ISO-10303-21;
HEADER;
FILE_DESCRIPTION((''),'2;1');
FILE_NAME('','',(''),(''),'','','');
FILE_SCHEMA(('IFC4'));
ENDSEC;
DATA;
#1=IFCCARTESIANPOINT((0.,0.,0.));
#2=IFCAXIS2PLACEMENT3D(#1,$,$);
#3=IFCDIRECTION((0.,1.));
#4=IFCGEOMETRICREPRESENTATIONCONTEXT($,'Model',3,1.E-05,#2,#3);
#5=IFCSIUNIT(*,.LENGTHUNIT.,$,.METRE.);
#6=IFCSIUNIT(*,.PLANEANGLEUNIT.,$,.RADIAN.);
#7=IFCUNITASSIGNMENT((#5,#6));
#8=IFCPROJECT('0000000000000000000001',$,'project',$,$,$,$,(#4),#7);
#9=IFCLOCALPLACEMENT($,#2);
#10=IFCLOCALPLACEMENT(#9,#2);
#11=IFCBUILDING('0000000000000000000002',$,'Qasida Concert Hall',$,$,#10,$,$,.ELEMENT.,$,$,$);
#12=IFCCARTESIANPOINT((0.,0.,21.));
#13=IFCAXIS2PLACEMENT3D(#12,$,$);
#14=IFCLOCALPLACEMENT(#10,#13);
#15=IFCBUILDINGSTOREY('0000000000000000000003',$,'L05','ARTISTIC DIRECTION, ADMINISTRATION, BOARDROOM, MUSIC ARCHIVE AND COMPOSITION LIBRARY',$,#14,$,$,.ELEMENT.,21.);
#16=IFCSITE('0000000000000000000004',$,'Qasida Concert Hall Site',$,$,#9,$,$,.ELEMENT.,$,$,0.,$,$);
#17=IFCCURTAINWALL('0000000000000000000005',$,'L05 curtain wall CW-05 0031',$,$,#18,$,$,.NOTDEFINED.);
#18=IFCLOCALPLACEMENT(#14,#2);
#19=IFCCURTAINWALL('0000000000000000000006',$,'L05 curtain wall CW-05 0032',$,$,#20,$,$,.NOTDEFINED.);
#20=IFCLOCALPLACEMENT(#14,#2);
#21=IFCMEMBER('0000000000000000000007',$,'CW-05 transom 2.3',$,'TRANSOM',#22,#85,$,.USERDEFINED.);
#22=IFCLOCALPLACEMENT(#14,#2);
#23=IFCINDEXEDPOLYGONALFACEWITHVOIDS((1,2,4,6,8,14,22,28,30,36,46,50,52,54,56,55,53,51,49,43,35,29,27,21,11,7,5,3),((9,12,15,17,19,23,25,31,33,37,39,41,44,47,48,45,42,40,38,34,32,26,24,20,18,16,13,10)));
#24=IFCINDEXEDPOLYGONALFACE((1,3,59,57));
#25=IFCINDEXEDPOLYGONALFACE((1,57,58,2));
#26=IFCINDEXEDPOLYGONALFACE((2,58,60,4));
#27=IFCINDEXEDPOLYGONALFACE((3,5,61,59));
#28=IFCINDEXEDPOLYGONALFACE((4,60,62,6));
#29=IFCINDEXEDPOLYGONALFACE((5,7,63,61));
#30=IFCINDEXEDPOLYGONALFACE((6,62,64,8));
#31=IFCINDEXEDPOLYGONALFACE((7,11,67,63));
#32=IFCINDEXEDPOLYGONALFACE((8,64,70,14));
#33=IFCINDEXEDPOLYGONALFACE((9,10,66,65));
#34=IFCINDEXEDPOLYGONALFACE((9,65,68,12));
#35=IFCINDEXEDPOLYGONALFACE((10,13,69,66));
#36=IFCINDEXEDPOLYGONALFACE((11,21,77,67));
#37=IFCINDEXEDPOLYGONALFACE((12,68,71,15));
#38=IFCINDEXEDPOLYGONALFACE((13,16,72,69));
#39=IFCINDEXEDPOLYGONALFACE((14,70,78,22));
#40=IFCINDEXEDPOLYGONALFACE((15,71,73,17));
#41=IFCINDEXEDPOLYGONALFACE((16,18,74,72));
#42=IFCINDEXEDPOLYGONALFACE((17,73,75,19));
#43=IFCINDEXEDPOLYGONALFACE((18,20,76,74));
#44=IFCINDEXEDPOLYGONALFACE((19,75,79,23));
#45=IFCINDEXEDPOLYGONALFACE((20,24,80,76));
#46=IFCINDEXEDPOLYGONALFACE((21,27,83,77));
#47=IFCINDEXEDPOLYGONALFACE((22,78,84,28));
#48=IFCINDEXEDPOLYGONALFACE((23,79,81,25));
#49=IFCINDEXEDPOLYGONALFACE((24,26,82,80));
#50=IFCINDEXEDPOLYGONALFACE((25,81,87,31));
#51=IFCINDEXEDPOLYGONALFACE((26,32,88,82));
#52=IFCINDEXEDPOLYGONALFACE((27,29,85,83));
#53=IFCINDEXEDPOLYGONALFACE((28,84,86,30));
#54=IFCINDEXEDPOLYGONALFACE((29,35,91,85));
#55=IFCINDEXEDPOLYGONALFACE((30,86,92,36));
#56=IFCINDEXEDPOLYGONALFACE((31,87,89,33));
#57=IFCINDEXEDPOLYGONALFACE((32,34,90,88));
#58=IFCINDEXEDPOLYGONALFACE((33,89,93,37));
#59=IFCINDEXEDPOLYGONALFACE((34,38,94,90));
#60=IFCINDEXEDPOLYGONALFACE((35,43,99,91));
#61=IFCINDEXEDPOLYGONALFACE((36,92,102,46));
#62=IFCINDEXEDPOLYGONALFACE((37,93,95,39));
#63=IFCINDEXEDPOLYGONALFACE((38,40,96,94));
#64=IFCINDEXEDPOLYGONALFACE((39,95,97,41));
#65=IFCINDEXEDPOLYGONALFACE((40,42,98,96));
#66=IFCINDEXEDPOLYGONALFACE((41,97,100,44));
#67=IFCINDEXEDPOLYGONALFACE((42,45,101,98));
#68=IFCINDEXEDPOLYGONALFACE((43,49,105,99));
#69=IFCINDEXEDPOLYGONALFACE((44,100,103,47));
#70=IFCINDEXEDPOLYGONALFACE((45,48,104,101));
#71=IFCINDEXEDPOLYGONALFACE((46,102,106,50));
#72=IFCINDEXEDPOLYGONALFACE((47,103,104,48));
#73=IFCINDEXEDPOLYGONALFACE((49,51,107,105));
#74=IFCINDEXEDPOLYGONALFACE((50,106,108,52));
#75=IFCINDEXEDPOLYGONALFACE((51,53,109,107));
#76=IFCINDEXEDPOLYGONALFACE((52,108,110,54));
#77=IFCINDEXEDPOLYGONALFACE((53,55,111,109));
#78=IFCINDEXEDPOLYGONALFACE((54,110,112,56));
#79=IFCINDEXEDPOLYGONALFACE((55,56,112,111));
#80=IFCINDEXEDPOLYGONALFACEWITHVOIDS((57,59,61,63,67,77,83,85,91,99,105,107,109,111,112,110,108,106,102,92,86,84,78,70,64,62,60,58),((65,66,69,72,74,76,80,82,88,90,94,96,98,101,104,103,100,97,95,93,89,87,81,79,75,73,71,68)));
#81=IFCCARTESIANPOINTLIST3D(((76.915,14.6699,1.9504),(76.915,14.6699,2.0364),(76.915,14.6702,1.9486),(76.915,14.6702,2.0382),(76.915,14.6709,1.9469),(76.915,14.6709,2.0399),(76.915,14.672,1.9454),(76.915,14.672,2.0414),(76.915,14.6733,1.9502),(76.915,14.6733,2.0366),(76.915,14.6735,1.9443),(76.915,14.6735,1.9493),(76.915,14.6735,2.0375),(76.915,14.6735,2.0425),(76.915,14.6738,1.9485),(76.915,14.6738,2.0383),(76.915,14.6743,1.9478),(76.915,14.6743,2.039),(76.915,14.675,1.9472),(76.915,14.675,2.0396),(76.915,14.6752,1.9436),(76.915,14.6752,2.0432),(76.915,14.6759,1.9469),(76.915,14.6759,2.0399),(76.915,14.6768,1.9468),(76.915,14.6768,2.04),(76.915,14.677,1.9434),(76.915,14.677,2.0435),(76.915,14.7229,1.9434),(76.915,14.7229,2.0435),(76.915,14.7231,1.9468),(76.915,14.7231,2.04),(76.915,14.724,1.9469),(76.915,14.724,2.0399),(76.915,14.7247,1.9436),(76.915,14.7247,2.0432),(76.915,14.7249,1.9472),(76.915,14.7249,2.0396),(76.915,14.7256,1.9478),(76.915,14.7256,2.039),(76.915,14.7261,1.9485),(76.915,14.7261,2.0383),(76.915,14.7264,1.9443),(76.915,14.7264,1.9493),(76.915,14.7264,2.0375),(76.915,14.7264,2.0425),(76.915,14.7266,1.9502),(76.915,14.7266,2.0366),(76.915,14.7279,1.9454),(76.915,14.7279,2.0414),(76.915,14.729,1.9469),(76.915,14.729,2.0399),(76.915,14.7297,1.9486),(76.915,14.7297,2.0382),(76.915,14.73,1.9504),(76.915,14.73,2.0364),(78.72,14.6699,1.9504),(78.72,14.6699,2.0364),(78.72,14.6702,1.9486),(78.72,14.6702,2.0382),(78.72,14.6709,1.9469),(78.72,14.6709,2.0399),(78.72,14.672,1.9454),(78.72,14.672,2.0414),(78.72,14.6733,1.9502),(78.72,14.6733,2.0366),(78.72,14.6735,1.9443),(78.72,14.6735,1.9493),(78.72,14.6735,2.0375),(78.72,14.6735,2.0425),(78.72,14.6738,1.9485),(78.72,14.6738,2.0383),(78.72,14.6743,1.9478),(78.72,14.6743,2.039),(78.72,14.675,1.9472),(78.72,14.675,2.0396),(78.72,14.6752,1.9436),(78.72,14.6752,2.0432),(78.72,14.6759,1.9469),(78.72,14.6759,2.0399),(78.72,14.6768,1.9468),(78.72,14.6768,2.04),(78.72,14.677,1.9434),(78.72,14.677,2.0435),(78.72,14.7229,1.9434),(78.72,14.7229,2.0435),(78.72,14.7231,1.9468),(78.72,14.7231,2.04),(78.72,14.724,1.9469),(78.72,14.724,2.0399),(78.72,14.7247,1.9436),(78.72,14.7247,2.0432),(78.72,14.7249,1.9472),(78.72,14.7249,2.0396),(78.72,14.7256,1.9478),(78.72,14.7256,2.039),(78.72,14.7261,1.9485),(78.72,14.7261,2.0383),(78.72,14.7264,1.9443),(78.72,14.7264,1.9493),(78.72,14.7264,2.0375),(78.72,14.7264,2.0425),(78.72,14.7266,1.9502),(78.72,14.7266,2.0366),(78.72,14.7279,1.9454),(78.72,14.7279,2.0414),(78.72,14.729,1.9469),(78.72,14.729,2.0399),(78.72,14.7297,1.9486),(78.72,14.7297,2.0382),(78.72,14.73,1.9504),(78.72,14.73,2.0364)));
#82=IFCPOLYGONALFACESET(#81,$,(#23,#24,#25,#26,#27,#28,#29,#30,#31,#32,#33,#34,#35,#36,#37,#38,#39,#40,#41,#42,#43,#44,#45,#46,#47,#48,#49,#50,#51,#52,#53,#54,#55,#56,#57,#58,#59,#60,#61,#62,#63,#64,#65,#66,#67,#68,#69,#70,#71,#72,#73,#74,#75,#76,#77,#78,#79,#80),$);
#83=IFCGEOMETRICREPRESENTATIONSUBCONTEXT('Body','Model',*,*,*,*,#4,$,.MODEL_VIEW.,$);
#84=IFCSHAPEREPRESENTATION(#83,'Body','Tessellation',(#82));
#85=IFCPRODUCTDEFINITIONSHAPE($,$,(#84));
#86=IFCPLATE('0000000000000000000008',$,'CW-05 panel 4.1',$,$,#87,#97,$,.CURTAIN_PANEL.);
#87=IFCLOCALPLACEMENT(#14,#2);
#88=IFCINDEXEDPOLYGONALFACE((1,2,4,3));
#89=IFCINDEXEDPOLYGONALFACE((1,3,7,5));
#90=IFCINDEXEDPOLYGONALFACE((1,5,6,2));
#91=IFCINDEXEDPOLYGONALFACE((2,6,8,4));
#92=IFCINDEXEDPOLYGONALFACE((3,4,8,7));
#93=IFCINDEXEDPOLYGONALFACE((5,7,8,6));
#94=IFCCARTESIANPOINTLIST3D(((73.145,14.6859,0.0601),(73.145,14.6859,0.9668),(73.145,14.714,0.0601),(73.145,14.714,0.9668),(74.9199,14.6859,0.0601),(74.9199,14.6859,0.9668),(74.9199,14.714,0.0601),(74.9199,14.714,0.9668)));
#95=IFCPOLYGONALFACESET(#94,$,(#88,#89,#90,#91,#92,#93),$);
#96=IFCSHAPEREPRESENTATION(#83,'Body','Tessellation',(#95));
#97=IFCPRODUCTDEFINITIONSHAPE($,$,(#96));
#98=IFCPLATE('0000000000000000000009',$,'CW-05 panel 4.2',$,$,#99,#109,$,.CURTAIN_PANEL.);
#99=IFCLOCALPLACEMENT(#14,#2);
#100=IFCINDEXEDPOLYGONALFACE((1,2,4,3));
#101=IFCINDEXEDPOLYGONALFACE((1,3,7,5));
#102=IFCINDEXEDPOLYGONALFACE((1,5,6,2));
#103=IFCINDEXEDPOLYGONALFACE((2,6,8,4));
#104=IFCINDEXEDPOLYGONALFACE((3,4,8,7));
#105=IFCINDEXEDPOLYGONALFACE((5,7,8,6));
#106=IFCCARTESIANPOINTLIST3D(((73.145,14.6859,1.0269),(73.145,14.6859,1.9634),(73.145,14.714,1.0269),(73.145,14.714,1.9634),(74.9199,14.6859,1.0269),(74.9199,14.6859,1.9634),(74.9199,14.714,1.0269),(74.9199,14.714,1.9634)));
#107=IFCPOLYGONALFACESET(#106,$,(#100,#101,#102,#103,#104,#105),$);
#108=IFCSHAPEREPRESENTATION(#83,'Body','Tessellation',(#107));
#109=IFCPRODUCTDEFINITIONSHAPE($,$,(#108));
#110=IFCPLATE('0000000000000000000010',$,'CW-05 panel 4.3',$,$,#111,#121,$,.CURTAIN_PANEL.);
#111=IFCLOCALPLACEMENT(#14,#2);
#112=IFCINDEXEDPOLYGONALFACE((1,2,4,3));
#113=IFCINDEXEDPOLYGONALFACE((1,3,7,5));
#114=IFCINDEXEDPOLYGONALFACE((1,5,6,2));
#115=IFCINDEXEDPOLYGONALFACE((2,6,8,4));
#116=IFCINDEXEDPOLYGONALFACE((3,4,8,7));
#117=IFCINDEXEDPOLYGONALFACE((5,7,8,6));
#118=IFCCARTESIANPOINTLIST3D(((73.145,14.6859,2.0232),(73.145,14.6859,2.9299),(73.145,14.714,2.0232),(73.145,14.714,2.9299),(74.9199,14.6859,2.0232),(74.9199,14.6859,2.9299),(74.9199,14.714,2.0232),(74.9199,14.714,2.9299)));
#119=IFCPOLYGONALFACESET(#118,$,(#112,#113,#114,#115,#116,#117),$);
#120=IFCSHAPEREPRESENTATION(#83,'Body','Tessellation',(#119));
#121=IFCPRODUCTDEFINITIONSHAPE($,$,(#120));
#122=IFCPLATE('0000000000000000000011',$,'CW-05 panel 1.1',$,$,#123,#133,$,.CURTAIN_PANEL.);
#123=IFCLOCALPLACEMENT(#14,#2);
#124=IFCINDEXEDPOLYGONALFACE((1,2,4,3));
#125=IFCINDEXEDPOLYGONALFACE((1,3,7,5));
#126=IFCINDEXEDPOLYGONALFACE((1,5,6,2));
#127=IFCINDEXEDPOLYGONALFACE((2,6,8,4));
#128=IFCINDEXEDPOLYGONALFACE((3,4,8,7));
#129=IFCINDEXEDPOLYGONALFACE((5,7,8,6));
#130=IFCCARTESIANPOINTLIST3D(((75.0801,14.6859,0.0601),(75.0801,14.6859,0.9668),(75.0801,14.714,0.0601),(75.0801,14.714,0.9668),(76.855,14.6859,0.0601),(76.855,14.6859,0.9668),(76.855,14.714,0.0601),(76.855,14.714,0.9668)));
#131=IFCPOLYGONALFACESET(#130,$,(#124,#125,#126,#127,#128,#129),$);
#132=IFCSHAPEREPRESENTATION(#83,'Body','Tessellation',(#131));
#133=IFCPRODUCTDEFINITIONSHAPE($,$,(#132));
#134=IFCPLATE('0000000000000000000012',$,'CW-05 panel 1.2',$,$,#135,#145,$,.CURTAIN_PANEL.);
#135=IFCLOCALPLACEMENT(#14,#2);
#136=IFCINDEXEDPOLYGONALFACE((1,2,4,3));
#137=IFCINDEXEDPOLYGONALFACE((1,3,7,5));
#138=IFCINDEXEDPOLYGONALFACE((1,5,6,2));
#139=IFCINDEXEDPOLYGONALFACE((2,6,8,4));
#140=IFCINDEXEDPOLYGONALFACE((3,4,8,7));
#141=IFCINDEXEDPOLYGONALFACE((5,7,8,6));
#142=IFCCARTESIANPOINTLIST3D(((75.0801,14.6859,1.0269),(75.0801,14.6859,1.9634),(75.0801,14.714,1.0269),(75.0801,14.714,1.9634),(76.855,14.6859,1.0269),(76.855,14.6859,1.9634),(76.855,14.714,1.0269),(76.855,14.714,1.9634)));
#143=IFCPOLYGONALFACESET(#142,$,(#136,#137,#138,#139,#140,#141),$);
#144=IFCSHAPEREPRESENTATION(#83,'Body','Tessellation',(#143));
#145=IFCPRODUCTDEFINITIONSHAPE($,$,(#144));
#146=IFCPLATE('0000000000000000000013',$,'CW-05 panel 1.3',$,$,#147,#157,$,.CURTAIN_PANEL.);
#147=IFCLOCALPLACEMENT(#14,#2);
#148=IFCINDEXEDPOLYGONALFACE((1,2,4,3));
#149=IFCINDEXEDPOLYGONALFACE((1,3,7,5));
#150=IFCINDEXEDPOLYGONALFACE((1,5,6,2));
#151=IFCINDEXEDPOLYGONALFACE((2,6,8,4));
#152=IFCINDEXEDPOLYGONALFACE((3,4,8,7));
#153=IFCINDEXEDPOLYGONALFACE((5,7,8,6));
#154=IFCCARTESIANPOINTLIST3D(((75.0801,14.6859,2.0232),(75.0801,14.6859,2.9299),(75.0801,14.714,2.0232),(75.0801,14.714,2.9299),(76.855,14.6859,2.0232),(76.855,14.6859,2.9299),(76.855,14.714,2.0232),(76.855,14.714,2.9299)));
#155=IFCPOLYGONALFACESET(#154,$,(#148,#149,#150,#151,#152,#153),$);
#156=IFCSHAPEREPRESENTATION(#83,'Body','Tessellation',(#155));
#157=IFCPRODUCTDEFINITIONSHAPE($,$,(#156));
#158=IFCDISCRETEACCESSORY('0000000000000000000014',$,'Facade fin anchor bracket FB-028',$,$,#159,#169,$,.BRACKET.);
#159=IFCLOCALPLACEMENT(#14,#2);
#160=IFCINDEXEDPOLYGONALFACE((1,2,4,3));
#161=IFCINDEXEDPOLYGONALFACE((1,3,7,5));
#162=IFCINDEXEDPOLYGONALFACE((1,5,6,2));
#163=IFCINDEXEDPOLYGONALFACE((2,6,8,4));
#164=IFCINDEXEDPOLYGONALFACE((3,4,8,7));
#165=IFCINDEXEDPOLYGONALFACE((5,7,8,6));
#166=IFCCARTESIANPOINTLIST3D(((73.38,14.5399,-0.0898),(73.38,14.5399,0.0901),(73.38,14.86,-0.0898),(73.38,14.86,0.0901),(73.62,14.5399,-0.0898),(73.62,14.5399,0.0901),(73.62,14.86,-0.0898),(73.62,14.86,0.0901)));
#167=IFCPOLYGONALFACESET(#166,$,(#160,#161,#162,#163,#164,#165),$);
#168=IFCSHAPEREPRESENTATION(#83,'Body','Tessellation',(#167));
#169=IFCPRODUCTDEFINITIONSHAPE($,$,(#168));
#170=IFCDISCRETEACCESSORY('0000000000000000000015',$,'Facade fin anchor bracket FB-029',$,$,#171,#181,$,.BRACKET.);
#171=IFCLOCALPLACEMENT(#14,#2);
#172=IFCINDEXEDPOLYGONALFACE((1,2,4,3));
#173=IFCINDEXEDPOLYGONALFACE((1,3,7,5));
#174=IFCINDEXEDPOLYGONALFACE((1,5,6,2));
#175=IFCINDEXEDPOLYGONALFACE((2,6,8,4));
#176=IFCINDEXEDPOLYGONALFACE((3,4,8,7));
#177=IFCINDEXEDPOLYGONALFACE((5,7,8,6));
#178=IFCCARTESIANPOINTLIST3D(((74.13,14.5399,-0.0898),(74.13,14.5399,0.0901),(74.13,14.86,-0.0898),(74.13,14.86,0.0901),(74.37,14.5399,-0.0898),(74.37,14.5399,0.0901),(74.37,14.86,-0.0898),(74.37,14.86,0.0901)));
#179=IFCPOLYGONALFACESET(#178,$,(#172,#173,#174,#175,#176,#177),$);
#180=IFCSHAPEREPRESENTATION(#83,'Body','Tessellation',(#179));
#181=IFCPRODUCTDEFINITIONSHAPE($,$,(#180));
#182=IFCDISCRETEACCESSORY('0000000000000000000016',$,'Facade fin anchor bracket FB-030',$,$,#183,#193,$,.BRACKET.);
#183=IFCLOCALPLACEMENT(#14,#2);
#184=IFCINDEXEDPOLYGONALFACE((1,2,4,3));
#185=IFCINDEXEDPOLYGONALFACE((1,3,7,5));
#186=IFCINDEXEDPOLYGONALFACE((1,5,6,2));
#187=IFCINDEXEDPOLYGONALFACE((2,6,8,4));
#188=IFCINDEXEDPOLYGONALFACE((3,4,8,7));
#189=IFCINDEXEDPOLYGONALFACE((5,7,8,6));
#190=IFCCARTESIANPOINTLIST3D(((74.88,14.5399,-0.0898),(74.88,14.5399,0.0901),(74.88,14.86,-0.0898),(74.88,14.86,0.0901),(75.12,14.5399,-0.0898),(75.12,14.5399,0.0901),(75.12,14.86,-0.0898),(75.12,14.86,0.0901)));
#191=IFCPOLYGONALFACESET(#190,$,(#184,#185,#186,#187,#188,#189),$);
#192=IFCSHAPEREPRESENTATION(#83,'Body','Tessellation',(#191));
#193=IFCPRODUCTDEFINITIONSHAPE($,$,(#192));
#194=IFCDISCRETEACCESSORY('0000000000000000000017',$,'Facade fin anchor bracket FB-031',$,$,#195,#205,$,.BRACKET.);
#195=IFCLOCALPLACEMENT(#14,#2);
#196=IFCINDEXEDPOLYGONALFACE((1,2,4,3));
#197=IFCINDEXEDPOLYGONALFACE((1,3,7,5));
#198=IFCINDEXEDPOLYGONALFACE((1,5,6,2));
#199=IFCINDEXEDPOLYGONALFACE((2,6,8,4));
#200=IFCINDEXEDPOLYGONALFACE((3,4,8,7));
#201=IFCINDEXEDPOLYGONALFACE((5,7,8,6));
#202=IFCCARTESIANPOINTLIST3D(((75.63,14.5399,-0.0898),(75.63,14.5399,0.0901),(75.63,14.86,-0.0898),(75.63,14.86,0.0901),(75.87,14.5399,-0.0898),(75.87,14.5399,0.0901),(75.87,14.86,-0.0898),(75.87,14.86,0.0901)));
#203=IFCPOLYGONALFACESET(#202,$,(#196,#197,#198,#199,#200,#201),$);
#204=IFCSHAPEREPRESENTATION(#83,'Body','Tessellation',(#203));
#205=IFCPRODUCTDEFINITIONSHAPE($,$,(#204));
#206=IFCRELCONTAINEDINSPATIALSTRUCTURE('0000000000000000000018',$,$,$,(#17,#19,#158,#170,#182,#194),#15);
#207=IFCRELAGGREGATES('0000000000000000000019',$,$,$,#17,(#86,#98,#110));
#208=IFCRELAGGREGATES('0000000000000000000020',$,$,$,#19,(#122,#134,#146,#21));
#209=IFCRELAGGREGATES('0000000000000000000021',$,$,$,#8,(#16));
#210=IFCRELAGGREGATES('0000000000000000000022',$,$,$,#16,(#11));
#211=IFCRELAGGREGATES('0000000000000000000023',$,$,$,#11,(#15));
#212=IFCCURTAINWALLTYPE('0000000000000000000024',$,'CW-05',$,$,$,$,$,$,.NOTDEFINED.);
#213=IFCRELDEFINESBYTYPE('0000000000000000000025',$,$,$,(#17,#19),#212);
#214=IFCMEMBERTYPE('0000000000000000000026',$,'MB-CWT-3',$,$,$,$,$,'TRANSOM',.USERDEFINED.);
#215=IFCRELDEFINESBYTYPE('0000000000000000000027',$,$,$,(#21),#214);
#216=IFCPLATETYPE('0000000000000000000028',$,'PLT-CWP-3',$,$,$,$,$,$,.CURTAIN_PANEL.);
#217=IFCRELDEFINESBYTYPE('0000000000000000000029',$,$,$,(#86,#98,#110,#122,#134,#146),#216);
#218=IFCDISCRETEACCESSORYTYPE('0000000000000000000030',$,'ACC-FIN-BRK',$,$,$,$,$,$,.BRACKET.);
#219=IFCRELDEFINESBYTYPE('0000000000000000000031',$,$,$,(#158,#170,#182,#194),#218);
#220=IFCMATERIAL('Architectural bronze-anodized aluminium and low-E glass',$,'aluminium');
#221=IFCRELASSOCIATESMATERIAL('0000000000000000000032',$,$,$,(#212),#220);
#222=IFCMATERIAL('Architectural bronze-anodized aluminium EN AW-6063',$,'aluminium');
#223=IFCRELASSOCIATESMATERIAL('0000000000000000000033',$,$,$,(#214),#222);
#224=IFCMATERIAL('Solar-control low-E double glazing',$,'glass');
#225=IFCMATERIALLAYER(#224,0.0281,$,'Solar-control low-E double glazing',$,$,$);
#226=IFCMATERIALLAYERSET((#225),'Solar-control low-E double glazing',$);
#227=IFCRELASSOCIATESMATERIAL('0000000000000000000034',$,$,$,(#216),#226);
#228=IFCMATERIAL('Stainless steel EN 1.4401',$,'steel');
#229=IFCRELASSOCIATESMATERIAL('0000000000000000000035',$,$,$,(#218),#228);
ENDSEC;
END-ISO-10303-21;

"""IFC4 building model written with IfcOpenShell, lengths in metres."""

from ifc_helpers import new_model, si_unit, direction, frame, origin, origin_2d, place, context, subcontext, project, spatial, rectangle, hollow_rectangle, extrude, material, layer, layer_set, material_profile, profile_set, type_object, element, aggregate, save


model = new_model("IFC4")

# Units and contexts
model_context = context("Model", 3, precision=1e-05, world=origin(), true_north=direction((0.0, 1.0)))
body_context = subcontext(model_context, "Body", "Model", "MODEL_VIEW")
ifc_project = project(units=[si_unit("LENGTHUNIT", "METRE"), si_unit("PLANEANGLEUNIT", "RADIAN")], contexts=[model_context])

# Site, building, storey
site_placement = place(None, origin())
site = spatial("IfcSite", under=ifc_project, at=site_placement, Name="Qasida Concert Hall Site", CompositionType="ELEMENT", RefElevation=0.0)
building_placement = place(site_placement, origin())
building = spatial("IfcBuilding", under=site, at=building_placement, Name="Qasida Concert Hall", CompositionType="ELEMENT")
storey_placement = place(building_placement, frame((0.0, 0.0, 21.0)))
storey = spatial("IfcBuildingStorey", under=building, at=storey_placement, Name="L05", Description="ARTISTIC DIRECTION, ADMINISTRATION, BOARDROOM, MUSIC ARCHIVE AND COMPOSITION LIBRARY", CompositionType="ELEMENT", Elevation=21.0)

# Curtain wall
ifc_material_1 = material(Name="Architectural bronze-anodized aluminium and low-E glass", Category="aluminium")
curtain_wall_type = type_object("IfcCurtainWallType", Name="CW-05", PredefinedType="NOTDEFINED", material=ifc_material_1)
curtain_wall_1_placement = place(storey_placement, origin())
curtain_wall_1 = element("IfcCurtainWall", 1, at=curtain_wall_1_placement, inside=storey, type_object=curtain_wall_type, Name="L05 curtain wall CW-05 0031", PredefinedType="NOTDEFINED")
ifc_material_2 = material(Name="Architectural bronze-anodized aluminium EN AW-6063", Category="aluminium")

# Curtain wall
curtain_wall_2_placement = place(storey_placement, origin())
curtain_wall_2 = element("IfcCurtainWall", 2, at=curtain_wall_2_placement, inside=storey, type_object=curtain_wall_type, Name="L05 curtain wall CW-05 0032", PredefinedType="NOTDEFINED")

# Member
ifc_material_profile_1 = material_profile(ifc_material_2, hollow_rectangle(XDim=0.0601, YDim=0.1001, WallThickness=0.0034, InnerFilletRadius=0.0034, OuterFilletRadius=0.0071, at=origin_2d()), Name="CWT 100x60x3.5")
ifc_profile_set_1 = profile_set([ifc_material_profile_1], Name="Architectural bronze-anodized aluminium EN AW-6063")
member_type_1 = type_object("IfcMemberType", Name="MB-CWT-3", ElementType="TRANSOM", PredefinedType="USERDEFINED", material=ifc_profile_set_1)
member_1_placement = place(storey_placement, frame((76.915, 14.7, 1.9934), z_axis=(1.0, 0.0, 0.0), x_axis=(0.0, 1.0, 0.0)))
member_1 = element("IfcMember", 3, at=member_1_placement, type_object=member_type_1, Name="CW-05 transom 2.3", ObjectType="TRANSOM", PredefinedType="USERDEFINED", context=body_context, shape_type="SweptSolid", body=[
    extrude(hollow_rectangle(XDim=0.0601, YDim=0.1001, WallThickness=0.0034, InnerFilletRadius=0.0034, OuterFilletRadius=0.0071, at=origin_2d()), origin(), (0.0, 0.0, 1.0), 1.8049),
])

# Plates
ifc_material_3 = material(Name="Solar-control low-E double glazing", Category="glass")
ifc_layer_1 = layer(ifc_material_3, 0.0281, Name="Solar-control low-E double glazing")
ifc_layer_set_1 = layer_set([ifc_layer_1], Name="Solar-control low-E double glazing")
plate_type = type_object("IfcPlateType", Name="PLT-CWP-3", PredefinedType="CURTAIN_PANEL", material=ifc_layer_set_1)
plate_1_placement = place(storey_placement, frame((74.0325, 14.7, 0.0601), z_axis=(0.0, 0.0, 1.0), x_axis=(1.0, 0.0, 0.0)))
plate_1 = element("IfcPlate", 4, at=plate_1_placement, type_object=plate_type, Name="CW-05 panel 4.1", PredefinedType="CURTAIN_PANEL", context=body_context, shape_type="SweptSolid", body=[
    extrude(rectangle(XDim=1.7749, YDim=0.0281, at=origin_2d()), origin(), (0.0, 0.0, 1.0), 0.9067),
])
plate_2_placement = place(storey_placement, frame((74.0325, 14.7, 1.0269), z_axis=(0.0, 0.0, 1.0), x_axis=(1.0, 0.0, 0.0)))
plate_2 = element("IfcPlate", 5, at=plate_2_placement, type_object=plate_type, Name="CW-05 panel 4.2", PredefinedType="CURTAIN_PANEL", context=body_context, shape_type="SweptSolid", body=[
    extrude(rectangle(XDim=1.7749, YDim=0.0281, at=origin_2d()), origin(), (0.0, 0.0, 1.0), 0.9365),
])
plate_3_placement = place(storey_placement, frame((74.0325, 14.7, 2.0232), z_axis=(0.0, 0.0, 1.0), x_axis=(1.0, 0.0, 0.0)))
plate_3 = element("IfcPlate", 6, at=plate_3_placement, type_object=plate_type, Name="CW-05 panel 4.3", PredefinedType="CURTAIN_PANEL", context=body_context, shape_type="SweptSolid", body=[
    extrude(rectangle(XDim=1.7749, YDim=0.0281, at=origin_2d()), origin(), (0.0, 0.0, 1.0), 0.9067),
])
aggregate(curtain_wall_1, [plate_1, plate_2, plate_3])
plate_4_placement = place(storey_placement, frame((75.9675, 14.7, 0.0601), z_axis=(0.0, 0.0, 1.0), x_axis=(1.0, 0.0, 0.0)))
plate_4 = element("IfcPlate", 7, at=plate_4_placement, type_object=plate_type, Name="CW-05 panel 1.1", PredefinedType="CURTAIN_PANEL", context=body_context, shape_type="SweptSolid", body=[
    extrude(rectangle(XDim=1.7749, YDim=0.0281, at=origin_2d()), origin(), (0.0, 0.0, 1.0), 0.9067),
])
plate_5_placement = place(storey_placement, frame((75.9675, 14.7, 1.0269), z_axis=(0.0, 0.0, 1.0), x_axis=(1.0, 0.0, 0.0)))
plate_5 = element("IfcPlate", 8, at=plate_5_placement, type_object=plate_type, Name="CW-05 panel 1.2", PredefinedType="CURTAIN_PANEL", context=body_context, shape_type="SweptSolid", body=[
    extrude(rectangle(XDim=1.7749, YDim=0.0281, at=origin_2d()), origin(), (0.0, 0.0, 1.0), 0.9365),
])
plate_6_placement = place(storey_placement, frame((75.9675, 14.7, 2.0232), z_axis=(0.0, 0.0, 1.0), x_axis=(1.0, 0.0, 0.0)))
plate_6 = element("IfcPlate", 9, at=plate_6_placement, type_object=plate_type, Name="CW-05 panel 1.3", PredefinedType="CURTAIN_PANEL", context=body_context, shape_type="SweptSolid", body=[
    extrude(rectangle(XDim=1.7749, YDim=0.0281, at=origin_2d()), origin(), (0.0, 0.0, 1.0), 0.9067),
])
aggregate(curtain_wall_2, [plate_4, plate_5, plate_6, member_1])

# Discrete accessories
ifc_material_4 = material(Name="Stainless steel EN 1.4401", Category="steel")
discrete_accessory_type = type_object("IfcDiscreteAccessoryType", Name="ACC-FIN-BRK", PredefinedType="BRACKET", material=ifc_material_4)
for number, where, z_axis, x_axis, name in (
    (10, (73.5, 14.7, -0.0898), (0.0, 0.0, 1.0), (1.0, 0.0, 0.0), "Facade fin anchor bracket FB-028"),
    (11, (74.25, 14.7, -0.0898), (0.0, 0.0, 1.0), (1.0, 0.0, 0.0), "Facade fin anchor bracket FB-029"),
    (12, (75.0, 14.7, -0.0898), (0.0, 0.0, 1.0), (1.0, 0.0, 0.0), "Facade fin anchor bracket FB-030"),
    (13, (75.75, 14.7, -0.0898), (0.0, 0.0, 1.0), (1.0, 0.0, 0.0), "Facade fin anchor bracket FB-031"),
):
    element("IfcDiscreteAccessory", number, at=place(storey_placement, frame(where, z_axis=z_axis, x_axis=x_axis)), inside=storey, type_object=discrete_accessory_type, Name=name, PredefinedType="BRACKET", context=body_context, shape_type="SweptSolid", body=[
        extrude(rectangle(XDim=0.24, YDim=0.3201, at=origin_2d()), origin(), (0.0, 0.0, 1.0), 0.1799),
    ])

save(model, "model.ifc")
